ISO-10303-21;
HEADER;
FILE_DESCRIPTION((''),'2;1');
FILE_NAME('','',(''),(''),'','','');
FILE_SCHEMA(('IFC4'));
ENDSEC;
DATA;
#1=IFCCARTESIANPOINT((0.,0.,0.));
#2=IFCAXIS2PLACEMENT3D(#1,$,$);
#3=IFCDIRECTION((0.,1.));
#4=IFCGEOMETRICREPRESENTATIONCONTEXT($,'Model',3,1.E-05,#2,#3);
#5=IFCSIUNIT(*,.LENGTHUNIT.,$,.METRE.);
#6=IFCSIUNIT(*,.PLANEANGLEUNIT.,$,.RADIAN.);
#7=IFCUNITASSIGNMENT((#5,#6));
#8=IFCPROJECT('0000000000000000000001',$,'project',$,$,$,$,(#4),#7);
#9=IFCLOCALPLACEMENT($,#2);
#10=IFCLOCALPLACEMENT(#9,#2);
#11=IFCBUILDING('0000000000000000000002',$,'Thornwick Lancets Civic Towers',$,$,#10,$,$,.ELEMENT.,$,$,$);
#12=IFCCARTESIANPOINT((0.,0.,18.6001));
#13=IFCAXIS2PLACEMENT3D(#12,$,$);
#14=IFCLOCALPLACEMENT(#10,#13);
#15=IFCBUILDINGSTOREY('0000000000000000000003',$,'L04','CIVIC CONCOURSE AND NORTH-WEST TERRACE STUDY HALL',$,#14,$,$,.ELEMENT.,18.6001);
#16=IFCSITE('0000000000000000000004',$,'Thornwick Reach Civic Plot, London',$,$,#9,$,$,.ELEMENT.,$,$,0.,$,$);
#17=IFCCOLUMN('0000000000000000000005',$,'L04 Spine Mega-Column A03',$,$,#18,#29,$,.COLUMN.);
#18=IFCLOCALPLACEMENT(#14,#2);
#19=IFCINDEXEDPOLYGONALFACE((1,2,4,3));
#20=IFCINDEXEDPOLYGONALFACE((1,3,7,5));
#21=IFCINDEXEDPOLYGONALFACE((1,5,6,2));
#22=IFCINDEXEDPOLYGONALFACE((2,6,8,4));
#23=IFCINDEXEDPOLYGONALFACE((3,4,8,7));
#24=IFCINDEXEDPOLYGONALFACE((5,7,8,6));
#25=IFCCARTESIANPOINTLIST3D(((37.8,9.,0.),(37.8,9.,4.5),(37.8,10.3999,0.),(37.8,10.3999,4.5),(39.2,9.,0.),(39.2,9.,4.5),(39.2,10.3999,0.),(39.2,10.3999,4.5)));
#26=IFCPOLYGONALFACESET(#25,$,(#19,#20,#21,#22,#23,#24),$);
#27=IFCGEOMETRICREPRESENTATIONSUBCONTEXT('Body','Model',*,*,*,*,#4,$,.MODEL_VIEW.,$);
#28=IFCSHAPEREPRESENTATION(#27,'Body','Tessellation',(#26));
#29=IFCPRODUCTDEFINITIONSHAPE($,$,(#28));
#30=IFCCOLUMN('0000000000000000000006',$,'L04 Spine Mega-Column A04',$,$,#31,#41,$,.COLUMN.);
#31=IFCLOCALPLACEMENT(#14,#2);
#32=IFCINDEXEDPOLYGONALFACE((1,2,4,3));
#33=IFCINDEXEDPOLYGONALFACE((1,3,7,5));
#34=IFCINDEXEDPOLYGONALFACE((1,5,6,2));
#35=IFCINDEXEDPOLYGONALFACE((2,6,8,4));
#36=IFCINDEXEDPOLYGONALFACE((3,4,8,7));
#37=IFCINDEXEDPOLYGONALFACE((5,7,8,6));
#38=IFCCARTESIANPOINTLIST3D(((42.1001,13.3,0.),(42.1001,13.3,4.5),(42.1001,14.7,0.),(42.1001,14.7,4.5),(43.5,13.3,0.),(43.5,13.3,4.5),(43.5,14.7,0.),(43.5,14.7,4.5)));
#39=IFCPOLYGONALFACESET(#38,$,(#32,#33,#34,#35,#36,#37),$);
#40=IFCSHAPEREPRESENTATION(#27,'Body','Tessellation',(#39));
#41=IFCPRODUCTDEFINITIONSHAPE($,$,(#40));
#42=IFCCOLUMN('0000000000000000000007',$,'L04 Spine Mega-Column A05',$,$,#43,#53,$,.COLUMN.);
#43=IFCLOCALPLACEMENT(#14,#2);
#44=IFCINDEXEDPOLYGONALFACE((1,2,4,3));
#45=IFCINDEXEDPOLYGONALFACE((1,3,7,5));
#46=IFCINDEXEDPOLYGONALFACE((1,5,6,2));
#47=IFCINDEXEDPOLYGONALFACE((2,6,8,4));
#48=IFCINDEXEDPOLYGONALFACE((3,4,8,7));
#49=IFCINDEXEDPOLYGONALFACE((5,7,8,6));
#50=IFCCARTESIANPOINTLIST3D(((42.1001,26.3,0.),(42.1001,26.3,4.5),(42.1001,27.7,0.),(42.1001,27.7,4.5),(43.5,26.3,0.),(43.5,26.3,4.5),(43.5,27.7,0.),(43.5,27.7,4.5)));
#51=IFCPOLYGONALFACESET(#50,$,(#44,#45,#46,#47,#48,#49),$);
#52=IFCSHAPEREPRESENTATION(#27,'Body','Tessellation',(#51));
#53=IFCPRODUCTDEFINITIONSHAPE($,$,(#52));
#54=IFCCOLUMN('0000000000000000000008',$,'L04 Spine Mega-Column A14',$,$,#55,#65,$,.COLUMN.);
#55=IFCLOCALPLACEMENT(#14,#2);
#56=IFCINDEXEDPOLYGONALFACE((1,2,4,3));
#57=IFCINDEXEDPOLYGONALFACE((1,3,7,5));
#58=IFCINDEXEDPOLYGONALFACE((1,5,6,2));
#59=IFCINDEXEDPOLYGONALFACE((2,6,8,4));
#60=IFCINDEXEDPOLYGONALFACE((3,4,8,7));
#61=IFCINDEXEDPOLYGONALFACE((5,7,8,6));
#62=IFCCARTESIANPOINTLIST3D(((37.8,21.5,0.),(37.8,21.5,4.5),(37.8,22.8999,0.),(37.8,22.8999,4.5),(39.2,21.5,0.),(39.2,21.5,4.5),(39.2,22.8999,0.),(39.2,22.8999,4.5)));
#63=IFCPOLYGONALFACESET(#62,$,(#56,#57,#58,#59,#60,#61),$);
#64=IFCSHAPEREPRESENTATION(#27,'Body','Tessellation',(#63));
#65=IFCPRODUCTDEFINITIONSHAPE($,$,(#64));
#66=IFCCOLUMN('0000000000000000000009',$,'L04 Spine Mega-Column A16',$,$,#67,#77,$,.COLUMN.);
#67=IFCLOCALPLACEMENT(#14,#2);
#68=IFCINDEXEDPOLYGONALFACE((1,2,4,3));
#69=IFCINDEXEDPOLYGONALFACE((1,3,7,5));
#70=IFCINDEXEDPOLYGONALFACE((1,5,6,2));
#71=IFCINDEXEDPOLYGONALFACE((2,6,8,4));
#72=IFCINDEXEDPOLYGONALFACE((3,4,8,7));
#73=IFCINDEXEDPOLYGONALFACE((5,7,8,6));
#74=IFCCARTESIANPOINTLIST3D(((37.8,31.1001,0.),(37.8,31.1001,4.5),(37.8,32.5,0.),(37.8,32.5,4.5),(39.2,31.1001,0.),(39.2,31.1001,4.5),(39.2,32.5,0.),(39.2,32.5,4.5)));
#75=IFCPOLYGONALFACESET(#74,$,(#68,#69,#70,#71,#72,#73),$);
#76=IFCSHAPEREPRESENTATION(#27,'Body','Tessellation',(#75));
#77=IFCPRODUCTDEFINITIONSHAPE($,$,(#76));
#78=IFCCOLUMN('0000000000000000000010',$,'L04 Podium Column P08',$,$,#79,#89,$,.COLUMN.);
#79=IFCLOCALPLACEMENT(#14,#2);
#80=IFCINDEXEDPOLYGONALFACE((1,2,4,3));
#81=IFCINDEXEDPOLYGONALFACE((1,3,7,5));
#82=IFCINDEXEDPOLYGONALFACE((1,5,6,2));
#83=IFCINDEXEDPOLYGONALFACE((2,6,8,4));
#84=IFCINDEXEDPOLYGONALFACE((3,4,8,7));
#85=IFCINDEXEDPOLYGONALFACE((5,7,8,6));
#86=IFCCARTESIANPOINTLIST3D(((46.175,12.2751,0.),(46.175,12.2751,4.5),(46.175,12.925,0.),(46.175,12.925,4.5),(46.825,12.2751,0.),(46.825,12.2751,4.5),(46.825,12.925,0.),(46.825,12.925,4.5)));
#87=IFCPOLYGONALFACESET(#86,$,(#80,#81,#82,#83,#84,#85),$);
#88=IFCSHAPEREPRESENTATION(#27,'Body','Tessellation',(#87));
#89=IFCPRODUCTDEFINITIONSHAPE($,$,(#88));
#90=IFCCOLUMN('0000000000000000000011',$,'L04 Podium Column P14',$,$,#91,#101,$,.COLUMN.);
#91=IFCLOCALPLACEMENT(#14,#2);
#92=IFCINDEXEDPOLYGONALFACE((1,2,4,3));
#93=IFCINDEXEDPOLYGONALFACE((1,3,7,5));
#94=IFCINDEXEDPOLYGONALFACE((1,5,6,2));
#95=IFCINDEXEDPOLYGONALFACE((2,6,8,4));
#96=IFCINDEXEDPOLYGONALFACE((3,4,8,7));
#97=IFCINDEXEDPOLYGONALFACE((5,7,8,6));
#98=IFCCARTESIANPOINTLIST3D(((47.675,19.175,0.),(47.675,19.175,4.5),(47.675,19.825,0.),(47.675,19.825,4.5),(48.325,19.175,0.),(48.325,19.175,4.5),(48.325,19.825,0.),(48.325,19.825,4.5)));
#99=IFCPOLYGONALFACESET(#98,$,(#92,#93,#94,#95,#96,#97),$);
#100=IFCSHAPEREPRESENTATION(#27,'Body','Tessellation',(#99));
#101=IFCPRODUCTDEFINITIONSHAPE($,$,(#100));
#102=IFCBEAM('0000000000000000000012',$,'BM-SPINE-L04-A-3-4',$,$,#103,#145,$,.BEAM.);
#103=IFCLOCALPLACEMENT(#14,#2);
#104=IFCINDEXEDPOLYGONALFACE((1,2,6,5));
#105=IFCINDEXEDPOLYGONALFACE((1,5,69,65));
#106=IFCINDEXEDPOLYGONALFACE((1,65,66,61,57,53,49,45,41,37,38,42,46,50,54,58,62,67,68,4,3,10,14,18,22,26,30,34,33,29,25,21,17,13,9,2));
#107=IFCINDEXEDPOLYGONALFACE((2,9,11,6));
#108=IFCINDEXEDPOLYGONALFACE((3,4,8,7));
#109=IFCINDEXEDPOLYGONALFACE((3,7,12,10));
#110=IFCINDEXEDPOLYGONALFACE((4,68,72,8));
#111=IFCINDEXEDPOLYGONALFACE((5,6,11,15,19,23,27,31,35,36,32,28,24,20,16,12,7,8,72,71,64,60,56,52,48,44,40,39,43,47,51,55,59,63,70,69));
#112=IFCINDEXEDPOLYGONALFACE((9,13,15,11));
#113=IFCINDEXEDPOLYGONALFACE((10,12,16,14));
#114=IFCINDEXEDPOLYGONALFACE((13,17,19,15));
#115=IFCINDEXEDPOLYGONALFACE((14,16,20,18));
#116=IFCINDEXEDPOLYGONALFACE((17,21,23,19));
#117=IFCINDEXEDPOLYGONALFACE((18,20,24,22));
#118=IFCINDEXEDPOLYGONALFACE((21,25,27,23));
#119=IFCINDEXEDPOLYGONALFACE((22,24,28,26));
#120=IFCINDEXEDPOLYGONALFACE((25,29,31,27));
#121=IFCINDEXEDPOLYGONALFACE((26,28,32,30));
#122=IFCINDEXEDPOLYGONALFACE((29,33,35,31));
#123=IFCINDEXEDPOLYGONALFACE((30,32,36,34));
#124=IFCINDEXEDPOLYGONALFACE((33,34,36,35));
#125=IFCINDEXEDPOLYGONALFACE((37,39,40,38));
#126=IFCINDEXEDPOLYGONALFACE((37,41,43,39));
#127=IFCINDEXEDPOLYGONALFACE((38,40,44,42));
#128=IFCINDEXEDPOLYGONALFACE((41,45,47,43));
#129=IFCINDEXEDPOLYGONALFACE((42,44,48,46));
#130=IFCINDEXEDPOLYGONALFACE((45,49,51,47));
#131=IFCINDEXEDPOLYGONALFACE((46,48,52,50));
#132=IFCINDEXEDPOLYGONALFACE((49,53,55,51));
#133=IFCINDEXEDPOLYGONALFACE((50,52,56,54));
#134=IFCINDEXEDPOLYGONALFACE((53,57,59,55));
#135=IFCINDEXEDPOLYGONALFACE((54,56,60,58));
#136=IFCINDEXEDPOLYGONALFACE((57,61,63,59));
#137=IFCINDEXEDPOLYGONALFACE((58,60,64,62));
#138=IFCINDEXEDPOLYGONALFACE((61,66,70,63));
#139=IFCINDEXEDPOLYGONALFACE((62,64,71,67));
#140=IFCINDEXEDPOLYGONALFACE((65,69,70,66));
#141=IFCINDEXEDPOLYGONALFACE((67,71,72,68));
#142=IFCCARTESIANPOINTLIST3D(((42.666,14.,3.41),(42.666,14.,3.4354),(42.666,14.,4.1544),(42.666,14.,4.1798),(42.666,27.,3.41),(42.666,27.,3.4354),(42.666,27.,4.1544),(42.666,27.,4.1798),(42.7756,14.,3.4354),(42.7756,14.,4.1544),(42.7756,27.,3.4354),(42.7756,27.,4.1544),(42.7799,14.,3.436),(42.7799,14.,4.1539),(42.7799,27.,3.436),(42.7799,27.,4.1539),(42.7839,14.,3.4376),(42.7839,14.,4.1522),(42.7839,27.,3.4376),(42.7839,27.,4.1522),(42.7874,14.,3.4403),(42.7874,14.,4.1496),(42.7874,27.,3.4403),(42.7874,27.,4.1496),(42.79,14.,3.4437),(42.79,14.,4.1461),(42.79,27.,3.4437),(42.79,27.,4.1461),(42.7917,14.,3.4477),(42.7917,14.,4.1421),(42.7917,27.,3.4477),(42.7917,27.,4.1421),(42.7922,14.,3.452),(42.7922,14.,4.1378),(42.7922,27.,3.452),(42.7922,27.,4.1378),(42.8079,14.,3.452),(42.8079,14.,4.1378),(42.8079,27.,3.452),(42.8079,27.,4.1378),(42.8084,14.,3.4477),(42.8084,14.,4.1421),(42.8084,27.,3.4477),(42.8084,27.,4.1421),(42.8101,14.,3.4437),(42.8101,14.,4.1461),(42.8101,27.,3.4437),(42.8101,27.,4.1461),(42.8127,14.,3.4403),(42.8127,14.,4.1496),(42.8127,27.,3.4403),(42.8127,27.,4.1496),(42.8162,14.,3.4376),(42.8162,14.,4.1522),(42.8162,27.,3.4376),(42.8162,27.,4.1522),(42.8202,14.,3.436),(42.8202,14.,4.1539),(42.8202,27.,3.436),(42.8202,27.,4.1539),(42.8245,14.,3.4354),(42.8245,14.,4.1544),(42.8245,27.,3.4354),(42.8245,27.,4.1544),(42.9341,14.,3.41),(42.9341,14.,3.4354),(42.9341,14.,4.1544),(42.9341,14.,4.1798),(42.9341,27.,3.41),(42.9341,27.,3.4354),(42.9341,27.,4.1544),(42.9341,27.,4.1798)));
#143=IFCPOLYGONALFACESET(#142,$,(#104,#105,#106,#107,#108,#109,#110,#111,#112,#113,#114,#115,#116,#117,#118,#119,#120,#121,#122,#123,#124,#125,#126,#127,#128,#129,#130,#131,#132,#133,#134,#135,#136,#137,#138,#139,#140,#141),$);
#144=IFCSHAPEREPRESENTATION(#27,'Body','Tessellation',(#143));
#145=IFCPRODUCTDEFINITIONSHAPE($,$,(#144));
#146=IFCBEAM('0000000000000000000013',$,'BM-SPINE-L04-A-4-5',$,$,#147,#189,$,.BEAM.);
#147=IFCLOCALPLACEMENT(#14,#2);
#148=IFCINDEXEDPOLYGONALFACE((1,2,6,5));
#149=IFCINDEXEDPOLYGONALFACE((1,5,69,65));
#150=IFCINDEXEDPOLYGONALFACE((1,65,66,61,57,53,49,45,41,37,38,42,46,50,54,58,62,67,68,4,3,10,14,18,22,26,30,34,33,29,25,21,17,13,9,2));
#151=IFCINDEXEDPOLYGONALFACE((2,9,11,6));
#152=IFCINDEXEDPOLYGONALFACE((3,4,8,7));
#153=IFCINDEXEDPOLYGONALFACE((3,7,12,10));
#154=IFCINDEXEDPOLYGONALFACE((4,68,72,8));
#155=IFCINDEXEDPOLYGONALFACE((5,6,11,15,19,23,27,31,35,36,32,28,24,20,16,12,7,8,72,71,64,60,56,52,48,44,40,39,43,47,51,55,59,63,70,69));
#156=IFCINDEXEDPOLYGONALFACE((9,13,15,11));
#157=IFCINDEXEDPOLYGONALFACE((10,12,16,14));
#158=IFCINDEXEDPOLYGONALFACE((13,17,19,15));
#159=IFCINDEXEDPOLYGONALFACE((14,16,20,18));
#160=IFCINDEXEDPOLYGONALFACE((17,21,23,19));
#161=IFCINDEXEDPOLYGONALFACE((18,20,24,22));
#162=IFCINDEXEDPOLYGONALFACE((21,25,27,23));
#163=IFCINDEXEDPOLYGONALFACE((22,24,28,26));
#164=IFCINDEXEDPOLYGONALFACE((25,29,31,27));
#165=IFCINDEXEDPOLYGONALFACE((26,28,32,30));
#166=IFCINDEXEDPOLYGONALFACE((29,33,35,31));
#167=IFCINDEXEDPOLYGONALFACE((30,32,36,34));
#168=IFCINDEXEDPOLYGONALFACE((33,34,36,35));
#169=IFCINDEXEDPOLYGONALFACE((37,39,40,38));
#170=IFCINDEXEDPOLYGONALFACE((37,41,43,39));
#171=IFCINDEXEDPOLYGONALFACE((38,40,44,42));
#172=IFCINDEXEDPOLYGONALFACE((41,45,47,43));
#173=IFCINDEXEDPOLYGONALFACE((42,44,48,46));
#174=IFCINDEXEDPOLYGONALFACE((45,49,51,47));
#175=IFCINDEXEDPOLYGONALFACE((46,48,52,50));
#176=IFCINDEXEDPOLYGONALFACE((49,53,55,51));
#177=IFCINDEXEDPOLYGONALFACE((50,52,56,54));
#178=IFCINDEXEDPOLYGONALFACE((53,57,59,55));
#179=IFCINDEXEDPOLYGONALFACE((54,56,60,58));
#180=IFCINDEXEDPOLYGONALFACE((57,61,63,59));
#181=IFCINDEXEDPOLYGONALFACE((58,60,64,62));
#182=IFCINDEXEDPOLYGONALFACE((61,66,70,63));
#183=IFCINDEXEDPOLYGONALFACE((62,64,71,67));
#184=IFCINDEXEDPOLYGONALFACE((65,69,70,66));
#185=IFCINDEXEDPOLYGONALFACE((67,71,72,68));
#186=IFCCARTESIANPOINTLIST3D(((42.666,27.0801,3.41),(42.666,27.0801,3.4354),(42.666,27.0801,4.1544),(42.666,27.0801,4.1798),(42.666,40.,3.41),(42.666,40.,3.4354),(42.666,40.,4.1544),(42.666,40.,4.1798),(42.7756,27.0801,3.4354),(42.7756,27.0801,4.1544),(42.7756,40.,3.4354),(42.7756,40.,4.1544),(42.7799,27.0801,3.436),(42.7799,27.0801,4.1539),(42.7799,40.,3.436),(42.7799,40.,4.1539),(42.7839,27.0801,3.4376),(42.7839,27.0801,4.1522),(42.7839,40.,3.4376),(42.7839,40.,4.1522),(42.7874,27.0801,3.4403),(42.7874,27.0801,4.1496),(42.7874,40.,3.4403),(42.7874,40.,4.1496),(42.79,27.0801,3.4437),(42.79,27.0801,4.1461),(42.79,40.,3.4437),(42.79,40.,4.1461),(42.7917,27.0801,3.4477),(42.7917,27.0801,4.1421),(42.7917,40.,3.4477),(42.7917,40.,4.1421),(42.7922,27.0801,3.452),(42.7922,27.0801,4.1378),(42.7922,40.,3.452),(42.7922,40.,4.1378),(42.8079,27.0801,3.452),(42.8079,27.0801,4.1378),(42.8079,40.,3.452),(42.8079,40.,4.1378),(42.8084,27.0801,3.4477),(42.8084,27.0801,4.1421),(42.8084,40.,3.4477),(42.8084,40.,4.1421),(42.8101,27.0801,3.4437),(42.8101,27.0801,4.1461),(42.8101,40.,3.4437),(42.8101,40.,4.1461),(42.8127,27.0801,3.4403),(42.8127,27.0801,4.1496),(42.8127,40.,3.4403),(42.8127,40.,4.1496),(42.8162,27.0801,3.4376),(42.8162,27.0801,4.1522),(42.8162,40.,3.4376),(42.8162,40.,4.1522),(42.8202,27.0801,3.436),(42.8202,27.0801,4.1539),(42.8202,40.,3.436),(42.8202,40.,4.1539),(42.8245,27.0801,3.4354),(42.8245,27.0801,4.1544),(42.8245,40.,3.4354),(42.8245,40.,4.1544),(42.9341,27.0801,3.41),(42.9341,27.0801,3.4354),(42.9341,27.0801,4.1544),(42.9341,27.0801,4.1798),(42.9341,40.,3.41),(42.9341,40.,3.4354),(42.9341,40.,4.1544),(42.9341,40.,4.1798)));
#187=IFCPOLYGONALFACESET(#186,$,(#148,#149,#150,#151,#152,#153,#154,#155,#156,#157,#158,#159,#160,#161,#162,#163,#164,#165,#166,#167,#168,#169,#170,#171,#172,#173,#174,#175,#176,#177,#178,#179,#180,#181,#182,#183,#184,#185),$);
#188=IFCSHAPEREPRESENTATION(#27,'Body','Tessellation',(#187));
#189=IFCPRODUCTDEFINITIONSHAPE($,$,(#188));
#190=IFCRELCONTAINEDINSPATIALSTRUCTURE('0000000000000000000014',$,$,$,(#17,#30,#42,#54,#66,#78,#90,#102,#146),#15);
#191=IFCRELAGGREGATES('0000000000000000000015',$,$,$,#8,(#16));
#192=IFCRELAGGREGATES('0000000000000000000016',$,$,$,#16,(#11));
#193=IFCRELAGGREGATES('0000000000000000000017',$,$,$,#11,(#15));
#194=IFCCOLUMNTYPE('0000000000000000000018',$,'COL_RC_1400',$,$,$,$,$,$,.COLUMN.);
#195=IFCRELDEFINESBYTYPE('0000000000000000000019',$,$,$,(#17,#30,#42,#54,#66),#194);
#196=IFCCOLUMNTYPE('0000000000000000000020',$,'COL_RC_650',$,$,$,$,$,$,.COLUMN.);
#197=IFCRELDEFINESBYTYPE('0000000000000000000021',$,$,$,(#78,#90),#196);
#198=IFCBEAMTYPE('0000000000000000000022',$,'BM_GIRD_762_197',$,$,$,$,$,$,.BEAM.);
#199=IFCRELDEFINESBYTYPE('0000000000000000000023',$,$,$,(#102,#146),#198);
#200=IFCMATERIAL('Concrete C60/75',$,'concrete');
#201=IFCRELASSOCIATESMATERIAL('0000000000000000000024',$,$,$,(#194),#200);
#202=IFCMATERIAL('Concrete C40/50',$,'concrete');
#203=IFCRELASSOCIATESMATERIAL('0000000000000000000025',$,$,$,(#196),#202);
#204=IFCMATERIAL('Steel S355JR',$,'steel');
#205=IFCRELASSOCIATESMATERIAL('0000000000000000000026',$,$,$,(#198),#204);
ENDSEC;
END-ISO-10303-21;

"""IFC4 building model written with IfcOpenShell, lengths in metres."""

from ifc_helpers import new_model, si_unit, direction, frame, origin, origin_2d, place, context, subcontext, project, spatial, rectangle, i_section, extrude, material, material_profile, profile_set, type_object, element, save


model = new_model("IFC4")

# Units and contexts
model_context = context("Model", 3, precision=1e-05, world=origin(), true_north=direction((0.0, 1.0)))
body_context = subcontext(model_context, "Body", "Model", "MODEL_VIEW")
ifc_project = project(units=[si_unit("LENGTHUNIT", "METRE"), si_unit("PLANEANGLEUNIT", "RADIAN")], contexts=[model_context])

# Site, building, storey
site_placement = place(None, origin())
site = spatial("IfcSite", under=ifc_project, at=site_placement, Name="Thornwick Reach Civic Plot, London", CompositionType="ELEMENT", RefElevation=0.0)
building_placement = place(site_placement, origin())
building = spatial("IfcBuilding", under=site, at=building_placement, Name="Thornwick Lancets Civic Towers", CompositionType="ELEMENT")
storey_placement = place(building_placement, frame((0.0, 0.0, 18.6001)))
storey = spatial("IfcBuildingStorey", under=building, at=storey_placement, Name="L04", Description="CIVIC CONCOURSE AND NORTH-WEST TERRACE STUDY HALL", CompositionType="ELEMENT", Elevation=18.6001)

# Columns
ifc_material_1 = material(Name="Concrete C60/75", Category="concrete")
ifc_material_profile_1 = material_profile(ifc_material_1, rectangle(XDim=1.3999, YDim=1.3999, at=origin_2d()), Name="RC 1400x1400")
ifc_profile_set_1 = profile_set([ifc_material_profile_1], Name="Concrete C60/75")
column_type_1 = type_object("IfcColumnType", Name="COL_RC_1400", PredefinedType="COLUMN", material=ifc_profile_set_1)
for number, where, z_axis, x_axis, name in (
    (1, (38.5, 9.7, 0.0), (0.0, 0.0, 1.0), (1.0, 0.0, 0.0), "L04 Spine Mega-Column A03"),
    (2, (42.8, 14.0, 0.0), (0.0, 0.0, 1.0), (1.0, 0.0, 0.0), "L04 Spine Mega-Column A04"),
    (3, (42.8, 27.0, 0.0), (0.0, 0.0, 1.0), (1.0, 0.0, 0.0), "L04 Spine Mega-Column A05"),
    (4, (38.5, 22.2, 0.0), (0.0, 0.0, 1.0), (1.0, 0.0, 0.0), "L04 Spine Mega-Column A14"),
    (5, (38.5, 31.8, 0.0), (0.0, 0.0, 1.0), (1.0, 0.0, 0.0), "L04 Spine Mega-Column A16"),
):
    element("IfcColumn", number, at=place(storey_placement, frame(where, z_axis=z_axis, x_axis=x_axis)), inside=storey, type_object=column_type_1, Name=name, PredefinedType="COLUMN", context=body_context, shape_type="SweptSolid", body=[
        extrude(rectangle(XDim=1.3999, YDim=1.3999, at=origin_2d()), origin(), (0.0, 0.0, 1.0), 4.5),
    ])
ifc_material_2 = material(Name="Concrete C40/50", Category="concrete")
ifc_material_profile_2 = material_profile(ifc_material_2, rectangle(XDim=0.6499, YDim=0.6499, at=origin_2d()), Name="RC 650x650")
ifc_profile_set_2 = profile_set([ifc_material_profile_2], Name="Concrete C40/50")
column_type_2 = type_object("IfcColumnType", Name="COL_RC_650", PredefinedType="COLUMN", material=ifc_profile_set_2)
for number, where, z_axis, x_axis, name in (
    (6, (46.5, 12.6001, 0.0), (0.0, 0.0, 1.0), (1.0, 0.0, 0.0), "L04 Podium Column P08"),
    (7, (48.0, 19.5, 0.0), (0.0, 0.0, 1.0), (1.0, 0.0, 0.0), "L04 Podium Column P14"),
):
    element("IfcColumn", number, at=place(storey_placement, frame(where, z_axis=z_axis, x_axis=x_axis)), inside=storey, type_object=column_type_2, Name=name, PredefinedType="COLUMN", context=body_context, shape_type="SweptSolid", body=[
        extrude(rectangle(XDim=0.6499, YDim=0.6499, at=origin_2d()), origin(), (0.0, 0.0, 1.0), 4.5),
    ])

# Beams
ifc_material_3 = material(Name="Steel S355JR", Category="steel")
ifc_material_profile_3 = material_profile(ifc_material_3, i_section(OverallWidth=0.2681, OverallDepth=0.7698, WebThickness=0.0156, FlangeThickness=0.0254, FilletRadius=0.0166, at=origin_2d()), Name="UKB 762x267x197")
ifc_profile_set_3 = profile_set([ifc_material_profile_3], Name="Steel S355JR")
beam_type_1 = type_object("IfcBeamType", Name="BM_GIRD_762_197", PredefinedType="BEAM", material=ifc_profile_set_3)
beam_1_placement = place(storey_placement, frame((42.8, 14.0, 3.7949), z_axis=(0.0, 1.0, 0.0), x_axis=(-1.0, 0.0, 0.0)))
element("IfcBeam", 8, at=beam_1_placement, inside=storey, type_object=beam_type_1, Name="BM-SPINE-L04-A-3-4", PredefinedType="BEAM", context=body_context, shape_type="SweptSolid", body=[
    extrude(i_section(OverallWidth=0.2681, OverallDepth=0.7698, WebThickness=0.0156, FlangeThickness=0.0254, FilletRadius=0.0166, at=origin_2d()), origin(), (0.0, 0.0, 1.0), 13.0),
])
beam_2_placement = place(storey_placement, frame((42.8, 27.0801, 3.7949), z_axis=(0.0, 1.0, 0.0), x_axis=(-1.0, 0.0, 0.0)))
element("IfcBeam", 9, at=beam_2_placement, inside=storey, type_object=beam_type_1, Name="BM-SPINE-L04-A-4-5", PredefinedType="BEAM", context=body_context, shape_type="SweptSolid", body=[
    extrude(i_section(OverallWidth=0.2681, OverallDepth=0.7698, WebThickness=0.0156, FlangeThickness=0.0254, FilletRadius=0.0166, at=origin_2d()), origin(), (0.0, 0.0, 1.0), 12.9199),
])

save(model, "model.ifc")
